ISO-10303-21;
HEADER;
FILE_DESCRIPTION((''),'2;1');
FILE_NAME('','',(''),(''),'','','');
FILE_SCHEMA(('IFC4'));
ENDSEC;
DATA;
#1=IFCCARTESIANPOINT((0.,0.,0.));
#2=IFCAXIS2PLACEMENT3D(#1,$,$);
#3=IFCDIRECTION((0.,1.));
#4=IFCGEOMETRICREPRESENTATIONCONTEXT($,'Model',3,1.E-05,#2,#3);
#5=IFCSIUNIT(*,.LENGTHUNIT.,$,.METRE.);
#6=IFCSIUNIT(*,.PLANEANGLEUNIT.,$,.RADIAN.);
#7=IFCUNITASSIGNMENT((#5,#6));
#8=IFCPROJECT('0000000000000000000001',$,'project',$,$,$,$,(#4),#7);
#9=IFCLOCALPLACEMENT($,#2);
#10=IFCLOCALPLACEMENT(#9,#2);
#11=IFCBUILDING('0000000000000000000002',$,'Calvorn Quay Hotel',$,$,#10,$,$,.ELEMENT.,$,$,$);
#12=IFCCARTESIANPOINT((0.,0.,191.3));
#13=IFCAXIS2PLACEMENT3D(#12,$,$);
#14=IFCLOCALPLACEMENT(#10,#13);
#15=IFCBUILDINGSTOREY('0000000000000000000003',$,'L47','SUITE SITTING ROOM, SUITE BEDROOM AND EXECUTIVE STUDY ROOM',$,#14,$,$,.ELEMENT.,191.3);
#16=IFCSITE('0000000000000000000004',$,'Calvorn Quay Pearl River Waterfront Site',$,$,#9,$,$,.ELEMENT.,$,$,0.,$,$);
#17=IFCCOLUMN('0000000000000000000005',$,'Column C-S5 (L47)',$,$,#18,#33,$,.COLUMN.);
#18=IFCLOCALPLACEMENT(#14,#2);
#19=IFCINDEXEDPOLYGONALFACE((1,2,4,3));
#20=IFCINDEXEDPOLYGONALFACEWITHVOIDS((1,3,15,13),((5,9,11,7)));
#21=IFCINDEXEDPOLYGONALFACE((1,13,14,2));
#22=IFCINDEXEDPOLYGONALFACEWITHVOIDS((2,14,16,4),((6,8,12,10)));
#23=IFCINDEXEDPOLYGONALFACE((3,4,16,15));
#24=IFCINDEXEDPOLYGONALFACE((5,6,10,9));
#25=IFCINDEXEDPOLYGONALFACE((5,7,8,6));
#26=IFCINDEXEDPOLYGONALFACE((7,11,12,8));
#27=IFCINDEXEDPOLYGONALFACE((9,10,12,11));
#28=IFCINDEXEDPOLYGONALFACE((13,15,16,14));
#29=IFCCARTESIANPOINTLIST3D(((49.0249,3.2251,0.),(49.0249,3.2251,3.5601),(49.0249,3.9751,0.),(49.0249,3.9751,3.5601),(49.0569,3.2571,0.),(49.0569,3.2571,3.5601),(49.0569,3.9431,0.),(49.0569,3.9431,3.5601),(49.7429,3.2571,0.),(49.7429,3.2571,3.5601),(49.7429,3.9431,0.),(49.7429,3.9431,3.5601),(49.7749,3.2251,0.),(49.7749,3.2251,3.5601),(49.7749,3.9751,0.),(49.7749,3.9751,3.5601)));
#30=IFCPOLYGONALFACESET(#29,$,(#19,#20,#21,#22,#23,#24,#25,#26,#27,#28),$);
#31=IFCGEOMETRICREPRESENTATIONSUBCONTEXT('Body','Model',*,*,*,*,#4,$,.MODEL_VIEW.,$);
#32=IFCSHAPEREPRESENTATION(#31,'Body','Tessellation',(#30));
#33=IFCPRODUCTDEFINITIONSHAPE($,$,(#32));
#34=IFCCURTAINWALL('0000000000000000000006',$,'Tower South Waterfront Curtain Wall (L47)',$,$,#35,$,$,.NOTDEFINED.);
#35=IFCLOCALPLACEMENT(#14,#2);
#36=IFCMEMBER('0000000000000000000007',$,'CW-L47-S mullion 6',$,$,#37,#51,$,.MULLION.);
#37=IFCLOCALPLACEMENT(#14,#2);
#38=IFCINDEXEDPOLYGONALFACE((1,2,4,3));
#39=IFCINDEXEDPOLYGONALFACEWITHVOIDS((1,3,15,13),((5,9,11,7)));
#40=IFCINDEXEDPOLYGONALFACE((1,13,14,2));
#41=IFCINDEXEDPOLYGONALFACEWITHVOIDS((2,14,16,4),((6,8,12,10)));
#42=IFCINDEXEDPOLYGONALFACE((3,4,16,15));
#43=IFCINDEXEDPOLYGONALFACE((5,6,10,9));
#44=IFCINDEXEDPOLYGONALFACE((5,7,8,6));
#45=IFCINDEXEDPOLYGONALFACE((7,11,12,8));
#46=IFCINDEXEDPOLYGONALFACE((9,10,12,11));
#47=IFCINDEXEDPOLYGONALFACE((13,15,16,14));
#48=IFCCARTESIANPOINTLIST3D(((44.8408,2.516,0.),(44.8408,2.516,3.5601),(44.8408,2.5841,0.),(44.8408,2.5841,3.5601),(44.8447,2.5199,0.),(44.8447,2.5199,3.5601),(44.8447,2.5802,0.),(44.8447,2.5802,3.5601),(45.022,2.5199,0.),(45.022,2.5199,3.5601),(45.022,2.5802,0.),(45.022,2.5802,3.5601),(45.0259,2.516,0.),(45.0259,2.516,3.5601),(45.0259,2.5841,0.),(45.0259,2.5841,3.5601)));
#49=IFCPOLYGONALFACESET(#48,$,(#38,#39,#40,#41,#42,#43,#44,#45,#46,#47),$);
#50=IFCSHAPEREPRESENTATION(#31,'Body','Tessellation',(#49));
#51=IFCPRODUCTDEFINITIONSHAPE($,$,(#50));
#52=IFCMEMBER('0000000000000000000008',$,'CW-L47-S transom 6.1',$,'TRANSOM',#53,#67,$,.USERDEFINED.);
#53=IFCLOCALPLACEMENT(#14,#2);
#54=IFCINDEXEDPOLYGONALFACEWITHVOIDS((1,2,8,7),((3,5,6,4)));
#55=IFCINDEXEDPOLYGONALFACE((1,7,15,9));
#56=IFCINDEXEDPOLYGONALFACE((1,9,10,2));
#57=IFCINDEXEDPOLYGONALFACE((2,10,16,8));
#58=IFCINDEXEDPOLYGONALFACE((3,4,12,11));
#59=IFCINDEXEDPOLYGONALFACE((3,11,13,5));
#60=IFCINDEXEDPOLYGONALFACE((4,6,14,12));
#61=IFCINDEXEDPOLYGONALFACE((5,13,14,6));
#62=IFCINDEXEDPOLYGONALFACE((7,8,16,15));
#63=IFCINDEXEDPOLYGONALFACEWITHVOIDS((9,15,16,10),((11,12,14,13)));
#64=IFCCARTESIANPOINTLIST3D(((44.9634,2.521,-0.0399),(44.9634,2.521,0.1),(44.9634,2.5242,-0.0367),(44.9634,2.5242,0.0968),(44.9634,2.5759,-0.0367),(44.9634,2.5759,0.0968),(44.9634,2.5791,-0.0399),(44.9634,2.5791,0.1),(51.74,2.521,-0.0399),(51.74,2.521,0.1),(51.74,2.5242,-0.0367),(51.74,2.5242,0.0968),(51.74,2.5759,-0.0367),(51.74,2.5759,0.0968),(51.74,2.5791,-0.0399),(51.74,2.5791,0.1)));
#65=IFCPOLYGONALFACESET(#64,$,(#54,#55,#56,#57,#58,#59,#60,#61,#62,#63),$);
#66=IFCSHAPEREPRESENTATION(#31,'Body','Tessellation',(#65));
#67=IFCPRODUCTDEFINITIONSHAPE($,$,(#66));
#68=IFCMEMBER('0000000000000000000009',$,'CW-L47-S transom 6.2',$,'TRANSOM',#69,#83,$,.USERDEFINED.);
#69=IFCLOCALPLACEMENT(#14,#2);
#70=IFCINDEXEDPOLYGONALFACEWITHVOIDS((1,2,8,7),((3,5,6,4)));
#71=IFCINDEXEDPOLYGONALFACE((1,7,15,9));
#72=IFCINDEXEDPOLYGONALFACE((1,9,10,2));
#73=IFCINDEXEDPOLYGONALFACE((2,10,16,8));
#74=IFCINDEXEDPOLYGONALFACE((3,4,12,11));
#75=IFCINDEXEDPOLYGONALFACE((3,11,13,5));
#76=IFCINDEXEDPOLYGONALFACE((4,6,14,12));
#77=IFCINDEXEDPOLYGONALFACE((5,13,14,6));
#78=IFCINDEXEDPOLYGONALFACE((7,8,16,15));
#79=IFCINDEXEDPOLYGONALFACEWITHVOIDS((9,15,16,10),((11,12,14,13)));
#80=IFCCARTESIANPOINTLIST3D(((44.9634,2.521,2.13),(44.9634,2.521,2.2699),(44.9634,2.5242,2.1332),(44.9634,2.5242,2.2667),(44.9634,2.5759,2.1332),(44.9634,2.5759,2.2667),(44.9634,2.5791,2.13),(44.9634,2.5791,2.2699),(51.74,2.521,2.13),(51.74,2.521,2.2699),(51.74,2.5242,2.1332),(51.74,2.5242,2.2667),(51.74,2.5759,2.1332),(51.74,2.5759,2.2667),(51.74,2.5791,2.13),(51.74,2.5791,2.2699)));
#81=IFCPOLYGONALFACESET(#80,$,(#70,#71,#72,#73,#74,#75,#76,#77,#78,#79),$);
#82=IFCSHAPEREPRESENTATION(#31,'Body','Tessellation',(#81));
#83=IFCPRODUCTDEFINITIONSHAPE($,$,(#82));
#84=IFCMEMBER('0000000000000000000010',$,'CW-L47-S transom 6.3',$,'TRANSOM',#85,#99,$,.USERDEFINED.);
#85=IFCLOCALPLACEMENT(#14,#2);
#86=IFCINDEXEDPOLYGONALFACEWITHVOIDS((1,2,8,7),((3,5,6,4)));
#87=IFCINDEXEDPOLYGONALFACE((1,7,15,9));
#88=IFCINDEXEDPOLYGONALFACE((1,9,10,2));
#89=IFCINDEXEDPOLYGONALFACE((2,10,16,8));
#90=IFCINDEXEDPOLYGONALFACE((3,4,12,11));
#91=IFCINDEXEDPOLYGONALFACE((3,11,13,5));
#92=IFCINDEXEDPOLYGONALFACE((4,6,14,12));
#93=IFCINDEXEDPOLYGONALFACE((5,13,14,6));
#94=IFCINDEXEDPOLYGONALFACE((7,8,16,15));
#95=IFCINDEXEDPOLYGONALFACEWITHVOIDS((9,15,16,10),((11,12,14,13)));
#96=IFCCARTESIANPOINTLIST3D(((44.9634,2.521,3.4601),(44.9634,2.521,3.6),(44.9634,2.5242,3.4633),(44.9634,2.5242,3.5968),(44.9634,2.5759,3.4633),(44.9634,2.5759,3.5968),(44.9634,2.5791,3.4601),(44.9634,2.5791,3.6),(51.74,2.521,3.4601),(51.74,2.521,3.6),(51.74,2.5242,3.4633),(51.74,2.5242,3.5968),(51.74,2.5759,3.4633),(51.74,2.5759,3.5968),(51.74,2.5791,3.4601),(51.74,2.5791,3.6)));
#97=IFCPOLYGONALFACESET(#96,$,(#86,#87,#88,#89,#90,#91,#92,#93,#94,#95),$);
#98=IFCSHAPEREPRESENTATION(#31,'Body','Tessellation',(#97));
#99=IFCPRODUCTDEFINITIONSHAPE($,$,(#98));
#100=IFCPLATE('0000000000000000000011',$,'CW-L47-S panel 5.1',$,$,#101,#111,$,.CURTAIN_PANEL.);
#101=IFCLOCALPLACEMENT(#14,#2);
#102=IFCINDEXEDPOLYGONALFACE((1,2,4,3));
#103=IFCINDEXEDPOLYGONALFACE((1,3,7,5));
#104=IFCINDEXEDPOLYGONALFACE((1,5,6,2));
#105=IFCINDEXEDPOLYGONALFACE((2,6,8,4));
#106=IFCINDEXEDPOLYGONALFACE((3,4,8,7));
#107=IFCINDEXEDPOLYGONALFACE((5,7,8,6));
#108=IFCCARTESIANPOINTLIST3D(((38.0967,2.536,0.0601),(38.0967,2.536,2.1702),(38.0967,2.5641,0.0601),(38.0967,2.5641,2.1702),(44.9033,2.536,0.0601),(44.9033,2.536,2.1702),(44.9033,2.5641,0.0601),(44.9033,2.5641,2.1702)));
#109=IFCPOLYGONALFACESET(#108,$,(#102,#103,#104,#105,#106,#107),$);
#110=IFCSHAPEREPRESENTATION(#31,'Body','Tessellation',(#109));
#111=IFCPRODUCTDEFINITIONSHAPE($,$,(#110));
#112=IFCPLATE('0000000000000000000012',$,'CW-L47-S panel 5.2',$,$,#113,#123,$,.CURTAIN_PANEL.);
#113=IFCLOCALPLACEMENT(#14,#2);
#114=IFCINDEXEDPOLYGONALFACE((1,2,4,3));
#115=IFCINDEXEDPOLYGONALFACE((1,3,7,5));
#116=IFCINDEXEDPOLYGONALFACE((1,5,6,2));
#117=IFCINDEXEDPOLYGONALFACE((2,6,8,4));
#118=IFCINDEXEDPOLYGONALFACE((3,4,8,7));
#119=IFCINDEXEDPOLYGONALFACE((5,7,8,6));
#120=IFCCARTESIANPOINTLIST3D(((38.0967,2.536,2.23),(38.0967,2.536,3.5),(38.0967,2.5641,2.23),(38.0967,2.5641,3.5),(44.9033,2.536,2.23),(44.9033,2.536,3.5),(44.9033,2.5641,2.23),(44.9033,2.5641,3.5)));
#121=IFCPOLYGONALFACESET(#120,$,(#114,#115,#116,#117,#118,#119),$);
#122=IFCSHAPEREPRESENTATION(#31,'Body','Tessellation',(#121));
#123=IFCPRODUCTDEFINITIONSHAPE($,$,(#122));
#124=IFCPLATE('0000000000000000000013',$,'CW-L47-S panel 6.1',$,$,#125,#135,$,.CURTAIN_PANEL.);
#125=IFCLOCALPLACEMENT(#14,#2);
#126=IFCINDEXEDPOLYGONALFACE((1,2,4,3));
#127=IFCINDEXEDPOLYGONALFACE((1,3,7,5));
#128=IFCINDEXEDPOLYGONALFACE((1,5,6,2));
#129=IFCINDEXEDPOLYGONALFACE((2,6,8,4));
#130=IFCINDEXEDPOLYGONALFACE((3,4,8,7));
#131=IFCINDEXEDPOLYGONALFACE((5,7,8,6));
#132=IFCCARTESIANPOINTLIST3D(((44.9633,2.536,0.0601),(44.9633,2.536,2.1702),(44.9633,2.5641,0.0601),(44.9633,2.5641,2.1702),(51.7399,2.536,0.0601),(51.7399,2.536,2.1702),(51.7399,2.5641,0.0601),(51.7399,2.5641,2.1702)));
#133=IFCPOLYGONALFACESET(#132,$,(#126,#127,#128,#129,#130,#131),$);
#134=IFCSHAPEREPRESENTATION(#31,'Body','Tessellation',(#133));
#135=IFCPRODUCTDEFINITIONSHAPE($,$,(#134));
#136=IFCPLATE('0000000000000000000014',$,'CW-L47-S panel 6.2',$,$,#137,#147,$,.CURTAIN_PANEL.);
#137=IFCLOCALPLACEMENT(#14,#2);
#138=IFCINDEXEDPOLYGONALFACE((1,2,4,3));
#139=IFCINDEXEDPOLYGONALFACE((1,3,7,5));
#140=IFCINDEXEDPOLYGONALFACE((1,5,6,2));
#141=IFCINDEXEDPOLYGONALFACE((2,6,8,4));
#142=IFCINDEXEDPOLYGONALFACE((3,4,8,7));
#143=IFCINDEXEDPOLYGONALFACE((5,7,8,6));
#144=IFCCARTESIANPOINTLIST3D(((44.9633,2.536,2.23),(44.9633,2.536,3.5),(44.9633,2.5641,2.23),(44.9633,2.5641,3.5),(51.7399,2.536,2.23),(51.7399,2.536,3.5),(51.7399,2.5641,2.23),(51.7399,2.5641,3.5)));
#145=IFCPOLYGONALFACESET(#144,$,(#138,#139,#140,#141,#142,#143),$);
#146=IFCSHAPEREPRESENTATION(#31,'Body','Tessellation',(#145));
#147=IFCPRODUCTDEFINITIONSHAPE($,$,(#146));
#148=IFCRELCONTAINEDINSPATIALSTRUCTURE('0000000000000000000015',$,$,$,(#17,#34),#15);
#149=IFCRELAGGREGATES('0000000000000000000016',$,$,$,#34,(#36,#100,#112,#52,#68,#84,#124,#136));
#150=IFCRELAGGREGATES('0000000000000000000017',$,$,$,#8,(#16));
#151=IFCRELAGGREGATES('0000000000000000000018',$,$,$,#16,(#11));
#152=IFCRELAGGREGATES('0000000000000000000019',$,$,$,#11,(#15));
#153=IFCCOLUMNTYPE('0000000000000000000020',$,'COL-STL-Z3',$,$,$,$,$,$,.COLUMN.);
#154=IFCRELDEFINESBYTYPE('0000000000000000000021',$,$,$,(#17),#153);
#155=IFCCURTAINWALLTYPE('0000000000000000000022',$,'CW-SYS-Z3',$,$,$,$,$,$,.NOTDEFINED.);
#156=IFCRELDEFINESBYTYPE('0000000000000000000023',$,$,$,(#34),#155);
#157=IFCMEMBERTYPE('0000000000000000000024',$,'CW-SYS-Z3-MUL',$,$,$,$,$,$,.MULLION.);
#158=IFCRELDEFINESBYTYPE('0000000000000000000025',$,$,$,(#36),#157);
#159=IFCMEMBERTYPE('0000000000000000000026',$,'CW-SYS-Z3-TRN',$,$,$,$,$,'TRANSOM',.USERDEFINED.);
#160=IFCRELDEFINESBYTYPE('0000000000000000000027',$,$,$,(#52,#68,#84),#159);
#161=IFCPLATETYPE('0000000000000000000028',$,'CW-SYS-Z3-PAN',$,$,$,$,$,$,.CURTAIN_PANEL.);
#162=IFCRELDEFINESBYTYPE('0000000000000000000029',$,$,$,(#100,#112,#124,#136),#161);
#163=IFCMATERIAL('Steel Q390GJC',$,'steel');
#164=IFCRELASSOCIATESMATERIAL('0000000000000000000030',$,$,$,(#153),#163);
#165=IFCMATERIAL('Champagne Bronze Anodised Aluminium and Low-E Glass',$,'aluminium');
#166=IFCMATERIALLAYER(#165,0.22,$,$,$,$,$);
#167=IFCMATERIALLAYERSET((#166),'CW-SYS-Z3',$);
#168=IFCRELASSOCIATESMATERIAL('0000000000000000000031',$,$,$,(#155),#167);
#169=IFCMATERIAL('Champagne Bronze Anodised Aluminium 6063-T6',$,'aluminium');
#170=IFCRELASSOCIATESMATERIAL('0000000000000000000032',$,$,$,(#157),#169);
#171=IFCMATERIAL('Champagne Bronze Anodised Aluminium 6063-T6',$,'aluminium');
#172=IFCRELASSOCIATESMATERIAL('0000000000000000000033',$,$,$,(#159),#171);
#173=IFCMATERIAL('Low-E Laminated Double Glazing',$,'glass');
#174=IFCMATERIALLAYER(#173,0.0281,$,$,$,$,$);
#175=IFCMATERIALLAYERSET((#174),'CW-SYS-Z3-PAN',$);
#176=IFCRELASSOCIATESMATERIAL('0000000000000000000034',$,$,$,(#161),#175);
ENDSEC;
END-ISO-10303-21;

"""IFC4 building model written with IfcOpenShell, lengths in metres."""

from ifc_helpers import new_model, si_unit, direction, frame, origin, origin_2d, place, context, subcontext, project, spatial, rectangle, hollow_rectangle, extrude, material, layer, layer_set, material_profile, profile_set, type_object, element, aggregate, save


model = new_model("IFC4")

# Units and contexts
model_context = context("Model", 3, precision=1e-05, world=origin(), true_north=direction((0.0, 1.0)))
body_context = subcontext(model_context, "Body", "Model", "MODEL_VIEW")
ifc_project = project(units=[si_unit("LENGTHUNIT", "METRE"), si_unit("PLANEANGLEUNIT", "RADIAN")], contexts=[model_context])

# Site, building, storey
site_placement = place(None, origin())
site = spatial("IfcSite", under=ifc_project, at=site_placement, Name="Calvorn Quay Pearl River Waterfront Site", CompositionType="ELEMENT", RefElevation=0.0)
building_placement = place(site_placement, origin())
building = spatial("IfcBuilding", under=site, at=building_placement, Name="Calvorn Quay Hotel", CompositionType="ELEMENT")
storey_placement = place(building_placement, frame((0.0, 0.0, 191.3)))
storey = spatial("IfcBuildingStorey", under=building, at=storey_placement, Name="L47", Description="SUITE SITTING ROOM, SUITE BEDROOM AND EXECUTIVE STUDY ROOM", CompositionType="ELEMENT", Elevation=191.3)

# Column
ifc_material_1 = material(Name="Steel Q390GJC", Category="steel")
ifc_material_profile_1 = material_profile(ifc_material_1, hollow_rectangle(XDim=0.75, YDim=0.75, WallThickness=0.032, at=origin_2d()), Name="BOX750x750x32")
ifc_profile_set_1 = profile_set([ifc_material_profile_1], Name="Steel Q390GJC")
column_type = type_object("IfcColumnType", Name="COL-STL-Z3", PredefinedType="COLUMN", material=ifc_profile_set_1)
column_placement = place(storey_placement, frame((49.3999, 3.6001, 0.0), z_axis=(0.0, 0.0, 1.0), x_axis=(1.0, 0.0, 0.0)))
element("IfcColumn", 1, at=column_placement, inside=storey, type_object=column_type, Name="Column C-S5 (L47)", PredefinedType="COLUMN", context=body_context, shape_type="SweptSolid", body=[
    extrude(hollow_rectangle(XDim=0.75, YDim=0.75, WallThickness=0.032, at=origin_2d()), origin(), (0.0, 0.0, 1.0), 3.5601),
])

# Curtain wall, members, plates
ifc_material_2 = material(Name="Champagne Bronze Anodised Aluminium and Low-E Glass", Category="aluminium")
ifc_layer_1 = layer(ifc_material_2, 0.22)
ifc_layer_set_1 = layer_set([ifc_layer_1], Name="CW-SYS-Z3")
curtain_wall_type = type_object("IfcCurtainWallType", Name="CW-SYS-Z3", PredefinedType="NOTDEFINED", material=ifc_layer_set_1)
curtain_wall_placement = place(storey_placement, origin())
curtain_wall = element("IfcCurtainWall", 2, at=curtain_wall_placement, inside=storey, type_object=curtain_wall_type, Name="Tower South Waterfront Curtain Wall (L47)", PredefinedType="NOTDEFINED")
ifc_material_3 = material(Name="Champagne Bronze Anodised Aluminium 6063-T6", Category="aluminium")
ifc_material_profile_2 = material_profile(ifc_material_3, hollow_rectangle(XDim=0.0681, YDim=0.1851, WallThickness=0.0039, at=origin_2d()), Name="ALU-M185x68x4")
ifc_profile_set_2 = profile_set([ifc_material_profile_2], Name="Champagne Bronze Anodised Aluminium 6063-T6")
member_type_1 = type_object("IfcMemberType", Name="CW-SYS-Z3-MUL", PredefinedType="MULLION", material=ifc_profile_set_2)
member_1_placement = place(storey_placement, frame((44.9333, 2.55, 0.0), z_axis=(0.0, 0.0, 1.0), x_axis=(0.0, 1.0, 0.0)))
member_1 = element("IfcMember", 3, at=member_1_placement, type_object=member_type_1, Name="CW-L47-S mullion 6", PredefinedType="MULLION", context=body_context, shape_type="SweptSolid", body=[
    extrude(hollow_rectangle(XDim=0.0681, YDim=0.1851, WallThickness=0.0039, at=origin_2d()), origin(), (0.0, 0.0, 1.0), 3.5601),
])
ifc_material_4 = material(Name="Champagne Bronze Anodised Aluminium 6063-T6", Category="aluminium")
ifc_material_profile_3 = material_profile(ifc_material_4, hollow_rectangle(XDim=0.0581, YDim=0.1399, WallThickness=0.0032, at=origin_2d()), Name="ALU-T140x58x3.2")
ifc_profile_set_3 = profile_set([ifc_material_profile_3], Name="Champagne Bronze Anodised Aluminium 6063-T6")
member_type_2 = type_object("IfcMemberType", Name="CW-SYS-Z3-TRN", ElementType="TRANSOM", PredefinedType="USERDEFINED", material=ifc_profile_set_3)
member_2_placement = place(storey_placement, frame((44.9634, 2.55, 0.03), z_axis=(1.0, 0.0, 0.0), x_axis=(0.0, 1.0, 0.0)))
member_2 = element("IfcMember", 4, at=member_2_placement, type_object=member_type_2, Name="CW-L47-S transom 6.1", ObjectType="TRANSOM", PredefinedType="USERDEFINED", context=body_context, shape_type="SweptSolid", body=[
    extrude(hollow_rectangle(XDim=0.0581, YDim=0.1399, WallThickness=0.0032, at=origin_2d()), origin(), (0.0, 0.0, 1.0), 6.7766),
])
member_3_placement = place(storey_placement, frame((44.9634, 2.55, 2.2), z_axis=(1.0, 0.0, 0.0), x_axis=(0.0, 1.0, 0.0)))
member_3 = element("IfcMember", 5, at=member_3_placement, type_object=member_type_2, Name="CW-L47-S transom 6.2", ObjectType="TRANSOM", PredefinedType="USERDEFINED", context=body_context, shape_type="SweptSolid", body=[
    extrude(hollow_rectangle(XDim=0.0581, YDim=0.1399, WallThickness=0.0032, at=origin_2d()), origin(), (0.0, 0.0, 1.0), 6.7766),
])
member_4_placement = place(storey_placement, frame((44.9634, 2.55, 3.53), z_axis=(1.0, 0.0, 0.0), x_axis=(0.0, 1.0, 0.0)))
member_4 = element("IfcMember", 6, at=member_4_placement, type_object=member_type_2, Name="CW-L47-S transom 6.3", ObjectType="TRANSOM", PredefinedType="USERDEFINED", context=body_context, shape_type="SweptSolid", body=[
    extrude(hollow_rectangle(XDim=0.0581, YDim=0.1399, WallThickness=0.0032, at=origin_2d()), origin(), (0.0, 0.0, 1.0), 6.7766),
])
ifc_material_5 = material(Name="Low-E Laminated Double Glazing", Category="glass")
ifc_layer_2 = layer(ifc_material_5, 0.0281)
ifc_layer_set_2 = layer_set([ifc_layer_2], Name="CW-SYS-Z3-PAN")
plate_type = type_object("IfcPlateType", Name="CW-SYS-Z3-PAN", PredefinedType="CURTAIN_PANEL", material=ifc_layer_set_2)
plate_1_placement = place(storey_placement, frame((41.5, 2.55, 0.0601), z_axis=(0.0, 0.0, 1.0), x_axis=(1.0, 0.0, 0.0)))
plate_1 = element("IfcPlate", 7, at=plate_1_placement, type_object=plate_type, Name="CW-L47-S panel 5.1", PredefinedType="CURTAIN_PANEL", context=body_context, shape_type="SweptSolid", body=[
    extrude(rectangle(XDim=6.8066, YDim=0.0281, at=origin_2d()), origin(), (0.0, 0.0, 1.0), 2.1101),
])
plate_2_placement = place(storey_placement, frame((41.5, 2.55, 2.23), z_axis=(0.0, 0.0, 1.0), x_axis=(1.0, 0.0, 0.0)))
plate_2 = element("IfcPlate", 8, at=plate_2_placement, type_object=plate_type, Name="CW-L47-S panel 5.2", PredefinedType="CURTAIN_PANEL", context=body_context, shape_type="SweptSolid", body=[
    extrude(rectangle(XDim=6.8066, YDim=0.0281, at=origin_2d()), origin(), (0.0, 0.0, 1.0), 1.27),
])
plate_3_placement = place(storey_placement, frame((48.3516, 2.55, 0.0601), z_axis=(0.0, 0.0, 1.0), x_axis=(1.0, 0.0, 0.0)))
plate_3 = element("IfcPlate", 9, at=plate_3_placement, type_object=plate_type, Name="CW-L47-S panel 6.1", PredefinedType="CURTAIN_PANEL", context=body_context, shape_type="SweptSolid", body=[
    extrude(rectangle(XDim=6.7766, YDim=0.0281, at=origin_2d()), origin(), (0.0, 0.0, 1.0), 2.1101),
])
plate_4_placement = place(storey_placement, frame((48.3516, 2.55, 2.23), z_axis=(0.0, 0.0, 1.0), x_axis=(1.0, 0.0, 0.0)))
plate_4 = element("IfcPlate", 10, at=plate_4_placement, type_object=plate_type, Name="CW-L47-S panel 6.2", PredefinedType="CURTAIN_PANEL", context=body_context, shape_type="SweptSolid", body=[
    extrude(rectangle(XDim=6.7766, YDim=0.0281, at=origin_2d()), origin(), (0.0, 0.0, 1.0), 1.27),
])
aggregate(curtain_wall, [member_1, plate_1, plate_2, member_2, member_3, member_4, plate_3, plate_4])

save(model, "model.ifc")
